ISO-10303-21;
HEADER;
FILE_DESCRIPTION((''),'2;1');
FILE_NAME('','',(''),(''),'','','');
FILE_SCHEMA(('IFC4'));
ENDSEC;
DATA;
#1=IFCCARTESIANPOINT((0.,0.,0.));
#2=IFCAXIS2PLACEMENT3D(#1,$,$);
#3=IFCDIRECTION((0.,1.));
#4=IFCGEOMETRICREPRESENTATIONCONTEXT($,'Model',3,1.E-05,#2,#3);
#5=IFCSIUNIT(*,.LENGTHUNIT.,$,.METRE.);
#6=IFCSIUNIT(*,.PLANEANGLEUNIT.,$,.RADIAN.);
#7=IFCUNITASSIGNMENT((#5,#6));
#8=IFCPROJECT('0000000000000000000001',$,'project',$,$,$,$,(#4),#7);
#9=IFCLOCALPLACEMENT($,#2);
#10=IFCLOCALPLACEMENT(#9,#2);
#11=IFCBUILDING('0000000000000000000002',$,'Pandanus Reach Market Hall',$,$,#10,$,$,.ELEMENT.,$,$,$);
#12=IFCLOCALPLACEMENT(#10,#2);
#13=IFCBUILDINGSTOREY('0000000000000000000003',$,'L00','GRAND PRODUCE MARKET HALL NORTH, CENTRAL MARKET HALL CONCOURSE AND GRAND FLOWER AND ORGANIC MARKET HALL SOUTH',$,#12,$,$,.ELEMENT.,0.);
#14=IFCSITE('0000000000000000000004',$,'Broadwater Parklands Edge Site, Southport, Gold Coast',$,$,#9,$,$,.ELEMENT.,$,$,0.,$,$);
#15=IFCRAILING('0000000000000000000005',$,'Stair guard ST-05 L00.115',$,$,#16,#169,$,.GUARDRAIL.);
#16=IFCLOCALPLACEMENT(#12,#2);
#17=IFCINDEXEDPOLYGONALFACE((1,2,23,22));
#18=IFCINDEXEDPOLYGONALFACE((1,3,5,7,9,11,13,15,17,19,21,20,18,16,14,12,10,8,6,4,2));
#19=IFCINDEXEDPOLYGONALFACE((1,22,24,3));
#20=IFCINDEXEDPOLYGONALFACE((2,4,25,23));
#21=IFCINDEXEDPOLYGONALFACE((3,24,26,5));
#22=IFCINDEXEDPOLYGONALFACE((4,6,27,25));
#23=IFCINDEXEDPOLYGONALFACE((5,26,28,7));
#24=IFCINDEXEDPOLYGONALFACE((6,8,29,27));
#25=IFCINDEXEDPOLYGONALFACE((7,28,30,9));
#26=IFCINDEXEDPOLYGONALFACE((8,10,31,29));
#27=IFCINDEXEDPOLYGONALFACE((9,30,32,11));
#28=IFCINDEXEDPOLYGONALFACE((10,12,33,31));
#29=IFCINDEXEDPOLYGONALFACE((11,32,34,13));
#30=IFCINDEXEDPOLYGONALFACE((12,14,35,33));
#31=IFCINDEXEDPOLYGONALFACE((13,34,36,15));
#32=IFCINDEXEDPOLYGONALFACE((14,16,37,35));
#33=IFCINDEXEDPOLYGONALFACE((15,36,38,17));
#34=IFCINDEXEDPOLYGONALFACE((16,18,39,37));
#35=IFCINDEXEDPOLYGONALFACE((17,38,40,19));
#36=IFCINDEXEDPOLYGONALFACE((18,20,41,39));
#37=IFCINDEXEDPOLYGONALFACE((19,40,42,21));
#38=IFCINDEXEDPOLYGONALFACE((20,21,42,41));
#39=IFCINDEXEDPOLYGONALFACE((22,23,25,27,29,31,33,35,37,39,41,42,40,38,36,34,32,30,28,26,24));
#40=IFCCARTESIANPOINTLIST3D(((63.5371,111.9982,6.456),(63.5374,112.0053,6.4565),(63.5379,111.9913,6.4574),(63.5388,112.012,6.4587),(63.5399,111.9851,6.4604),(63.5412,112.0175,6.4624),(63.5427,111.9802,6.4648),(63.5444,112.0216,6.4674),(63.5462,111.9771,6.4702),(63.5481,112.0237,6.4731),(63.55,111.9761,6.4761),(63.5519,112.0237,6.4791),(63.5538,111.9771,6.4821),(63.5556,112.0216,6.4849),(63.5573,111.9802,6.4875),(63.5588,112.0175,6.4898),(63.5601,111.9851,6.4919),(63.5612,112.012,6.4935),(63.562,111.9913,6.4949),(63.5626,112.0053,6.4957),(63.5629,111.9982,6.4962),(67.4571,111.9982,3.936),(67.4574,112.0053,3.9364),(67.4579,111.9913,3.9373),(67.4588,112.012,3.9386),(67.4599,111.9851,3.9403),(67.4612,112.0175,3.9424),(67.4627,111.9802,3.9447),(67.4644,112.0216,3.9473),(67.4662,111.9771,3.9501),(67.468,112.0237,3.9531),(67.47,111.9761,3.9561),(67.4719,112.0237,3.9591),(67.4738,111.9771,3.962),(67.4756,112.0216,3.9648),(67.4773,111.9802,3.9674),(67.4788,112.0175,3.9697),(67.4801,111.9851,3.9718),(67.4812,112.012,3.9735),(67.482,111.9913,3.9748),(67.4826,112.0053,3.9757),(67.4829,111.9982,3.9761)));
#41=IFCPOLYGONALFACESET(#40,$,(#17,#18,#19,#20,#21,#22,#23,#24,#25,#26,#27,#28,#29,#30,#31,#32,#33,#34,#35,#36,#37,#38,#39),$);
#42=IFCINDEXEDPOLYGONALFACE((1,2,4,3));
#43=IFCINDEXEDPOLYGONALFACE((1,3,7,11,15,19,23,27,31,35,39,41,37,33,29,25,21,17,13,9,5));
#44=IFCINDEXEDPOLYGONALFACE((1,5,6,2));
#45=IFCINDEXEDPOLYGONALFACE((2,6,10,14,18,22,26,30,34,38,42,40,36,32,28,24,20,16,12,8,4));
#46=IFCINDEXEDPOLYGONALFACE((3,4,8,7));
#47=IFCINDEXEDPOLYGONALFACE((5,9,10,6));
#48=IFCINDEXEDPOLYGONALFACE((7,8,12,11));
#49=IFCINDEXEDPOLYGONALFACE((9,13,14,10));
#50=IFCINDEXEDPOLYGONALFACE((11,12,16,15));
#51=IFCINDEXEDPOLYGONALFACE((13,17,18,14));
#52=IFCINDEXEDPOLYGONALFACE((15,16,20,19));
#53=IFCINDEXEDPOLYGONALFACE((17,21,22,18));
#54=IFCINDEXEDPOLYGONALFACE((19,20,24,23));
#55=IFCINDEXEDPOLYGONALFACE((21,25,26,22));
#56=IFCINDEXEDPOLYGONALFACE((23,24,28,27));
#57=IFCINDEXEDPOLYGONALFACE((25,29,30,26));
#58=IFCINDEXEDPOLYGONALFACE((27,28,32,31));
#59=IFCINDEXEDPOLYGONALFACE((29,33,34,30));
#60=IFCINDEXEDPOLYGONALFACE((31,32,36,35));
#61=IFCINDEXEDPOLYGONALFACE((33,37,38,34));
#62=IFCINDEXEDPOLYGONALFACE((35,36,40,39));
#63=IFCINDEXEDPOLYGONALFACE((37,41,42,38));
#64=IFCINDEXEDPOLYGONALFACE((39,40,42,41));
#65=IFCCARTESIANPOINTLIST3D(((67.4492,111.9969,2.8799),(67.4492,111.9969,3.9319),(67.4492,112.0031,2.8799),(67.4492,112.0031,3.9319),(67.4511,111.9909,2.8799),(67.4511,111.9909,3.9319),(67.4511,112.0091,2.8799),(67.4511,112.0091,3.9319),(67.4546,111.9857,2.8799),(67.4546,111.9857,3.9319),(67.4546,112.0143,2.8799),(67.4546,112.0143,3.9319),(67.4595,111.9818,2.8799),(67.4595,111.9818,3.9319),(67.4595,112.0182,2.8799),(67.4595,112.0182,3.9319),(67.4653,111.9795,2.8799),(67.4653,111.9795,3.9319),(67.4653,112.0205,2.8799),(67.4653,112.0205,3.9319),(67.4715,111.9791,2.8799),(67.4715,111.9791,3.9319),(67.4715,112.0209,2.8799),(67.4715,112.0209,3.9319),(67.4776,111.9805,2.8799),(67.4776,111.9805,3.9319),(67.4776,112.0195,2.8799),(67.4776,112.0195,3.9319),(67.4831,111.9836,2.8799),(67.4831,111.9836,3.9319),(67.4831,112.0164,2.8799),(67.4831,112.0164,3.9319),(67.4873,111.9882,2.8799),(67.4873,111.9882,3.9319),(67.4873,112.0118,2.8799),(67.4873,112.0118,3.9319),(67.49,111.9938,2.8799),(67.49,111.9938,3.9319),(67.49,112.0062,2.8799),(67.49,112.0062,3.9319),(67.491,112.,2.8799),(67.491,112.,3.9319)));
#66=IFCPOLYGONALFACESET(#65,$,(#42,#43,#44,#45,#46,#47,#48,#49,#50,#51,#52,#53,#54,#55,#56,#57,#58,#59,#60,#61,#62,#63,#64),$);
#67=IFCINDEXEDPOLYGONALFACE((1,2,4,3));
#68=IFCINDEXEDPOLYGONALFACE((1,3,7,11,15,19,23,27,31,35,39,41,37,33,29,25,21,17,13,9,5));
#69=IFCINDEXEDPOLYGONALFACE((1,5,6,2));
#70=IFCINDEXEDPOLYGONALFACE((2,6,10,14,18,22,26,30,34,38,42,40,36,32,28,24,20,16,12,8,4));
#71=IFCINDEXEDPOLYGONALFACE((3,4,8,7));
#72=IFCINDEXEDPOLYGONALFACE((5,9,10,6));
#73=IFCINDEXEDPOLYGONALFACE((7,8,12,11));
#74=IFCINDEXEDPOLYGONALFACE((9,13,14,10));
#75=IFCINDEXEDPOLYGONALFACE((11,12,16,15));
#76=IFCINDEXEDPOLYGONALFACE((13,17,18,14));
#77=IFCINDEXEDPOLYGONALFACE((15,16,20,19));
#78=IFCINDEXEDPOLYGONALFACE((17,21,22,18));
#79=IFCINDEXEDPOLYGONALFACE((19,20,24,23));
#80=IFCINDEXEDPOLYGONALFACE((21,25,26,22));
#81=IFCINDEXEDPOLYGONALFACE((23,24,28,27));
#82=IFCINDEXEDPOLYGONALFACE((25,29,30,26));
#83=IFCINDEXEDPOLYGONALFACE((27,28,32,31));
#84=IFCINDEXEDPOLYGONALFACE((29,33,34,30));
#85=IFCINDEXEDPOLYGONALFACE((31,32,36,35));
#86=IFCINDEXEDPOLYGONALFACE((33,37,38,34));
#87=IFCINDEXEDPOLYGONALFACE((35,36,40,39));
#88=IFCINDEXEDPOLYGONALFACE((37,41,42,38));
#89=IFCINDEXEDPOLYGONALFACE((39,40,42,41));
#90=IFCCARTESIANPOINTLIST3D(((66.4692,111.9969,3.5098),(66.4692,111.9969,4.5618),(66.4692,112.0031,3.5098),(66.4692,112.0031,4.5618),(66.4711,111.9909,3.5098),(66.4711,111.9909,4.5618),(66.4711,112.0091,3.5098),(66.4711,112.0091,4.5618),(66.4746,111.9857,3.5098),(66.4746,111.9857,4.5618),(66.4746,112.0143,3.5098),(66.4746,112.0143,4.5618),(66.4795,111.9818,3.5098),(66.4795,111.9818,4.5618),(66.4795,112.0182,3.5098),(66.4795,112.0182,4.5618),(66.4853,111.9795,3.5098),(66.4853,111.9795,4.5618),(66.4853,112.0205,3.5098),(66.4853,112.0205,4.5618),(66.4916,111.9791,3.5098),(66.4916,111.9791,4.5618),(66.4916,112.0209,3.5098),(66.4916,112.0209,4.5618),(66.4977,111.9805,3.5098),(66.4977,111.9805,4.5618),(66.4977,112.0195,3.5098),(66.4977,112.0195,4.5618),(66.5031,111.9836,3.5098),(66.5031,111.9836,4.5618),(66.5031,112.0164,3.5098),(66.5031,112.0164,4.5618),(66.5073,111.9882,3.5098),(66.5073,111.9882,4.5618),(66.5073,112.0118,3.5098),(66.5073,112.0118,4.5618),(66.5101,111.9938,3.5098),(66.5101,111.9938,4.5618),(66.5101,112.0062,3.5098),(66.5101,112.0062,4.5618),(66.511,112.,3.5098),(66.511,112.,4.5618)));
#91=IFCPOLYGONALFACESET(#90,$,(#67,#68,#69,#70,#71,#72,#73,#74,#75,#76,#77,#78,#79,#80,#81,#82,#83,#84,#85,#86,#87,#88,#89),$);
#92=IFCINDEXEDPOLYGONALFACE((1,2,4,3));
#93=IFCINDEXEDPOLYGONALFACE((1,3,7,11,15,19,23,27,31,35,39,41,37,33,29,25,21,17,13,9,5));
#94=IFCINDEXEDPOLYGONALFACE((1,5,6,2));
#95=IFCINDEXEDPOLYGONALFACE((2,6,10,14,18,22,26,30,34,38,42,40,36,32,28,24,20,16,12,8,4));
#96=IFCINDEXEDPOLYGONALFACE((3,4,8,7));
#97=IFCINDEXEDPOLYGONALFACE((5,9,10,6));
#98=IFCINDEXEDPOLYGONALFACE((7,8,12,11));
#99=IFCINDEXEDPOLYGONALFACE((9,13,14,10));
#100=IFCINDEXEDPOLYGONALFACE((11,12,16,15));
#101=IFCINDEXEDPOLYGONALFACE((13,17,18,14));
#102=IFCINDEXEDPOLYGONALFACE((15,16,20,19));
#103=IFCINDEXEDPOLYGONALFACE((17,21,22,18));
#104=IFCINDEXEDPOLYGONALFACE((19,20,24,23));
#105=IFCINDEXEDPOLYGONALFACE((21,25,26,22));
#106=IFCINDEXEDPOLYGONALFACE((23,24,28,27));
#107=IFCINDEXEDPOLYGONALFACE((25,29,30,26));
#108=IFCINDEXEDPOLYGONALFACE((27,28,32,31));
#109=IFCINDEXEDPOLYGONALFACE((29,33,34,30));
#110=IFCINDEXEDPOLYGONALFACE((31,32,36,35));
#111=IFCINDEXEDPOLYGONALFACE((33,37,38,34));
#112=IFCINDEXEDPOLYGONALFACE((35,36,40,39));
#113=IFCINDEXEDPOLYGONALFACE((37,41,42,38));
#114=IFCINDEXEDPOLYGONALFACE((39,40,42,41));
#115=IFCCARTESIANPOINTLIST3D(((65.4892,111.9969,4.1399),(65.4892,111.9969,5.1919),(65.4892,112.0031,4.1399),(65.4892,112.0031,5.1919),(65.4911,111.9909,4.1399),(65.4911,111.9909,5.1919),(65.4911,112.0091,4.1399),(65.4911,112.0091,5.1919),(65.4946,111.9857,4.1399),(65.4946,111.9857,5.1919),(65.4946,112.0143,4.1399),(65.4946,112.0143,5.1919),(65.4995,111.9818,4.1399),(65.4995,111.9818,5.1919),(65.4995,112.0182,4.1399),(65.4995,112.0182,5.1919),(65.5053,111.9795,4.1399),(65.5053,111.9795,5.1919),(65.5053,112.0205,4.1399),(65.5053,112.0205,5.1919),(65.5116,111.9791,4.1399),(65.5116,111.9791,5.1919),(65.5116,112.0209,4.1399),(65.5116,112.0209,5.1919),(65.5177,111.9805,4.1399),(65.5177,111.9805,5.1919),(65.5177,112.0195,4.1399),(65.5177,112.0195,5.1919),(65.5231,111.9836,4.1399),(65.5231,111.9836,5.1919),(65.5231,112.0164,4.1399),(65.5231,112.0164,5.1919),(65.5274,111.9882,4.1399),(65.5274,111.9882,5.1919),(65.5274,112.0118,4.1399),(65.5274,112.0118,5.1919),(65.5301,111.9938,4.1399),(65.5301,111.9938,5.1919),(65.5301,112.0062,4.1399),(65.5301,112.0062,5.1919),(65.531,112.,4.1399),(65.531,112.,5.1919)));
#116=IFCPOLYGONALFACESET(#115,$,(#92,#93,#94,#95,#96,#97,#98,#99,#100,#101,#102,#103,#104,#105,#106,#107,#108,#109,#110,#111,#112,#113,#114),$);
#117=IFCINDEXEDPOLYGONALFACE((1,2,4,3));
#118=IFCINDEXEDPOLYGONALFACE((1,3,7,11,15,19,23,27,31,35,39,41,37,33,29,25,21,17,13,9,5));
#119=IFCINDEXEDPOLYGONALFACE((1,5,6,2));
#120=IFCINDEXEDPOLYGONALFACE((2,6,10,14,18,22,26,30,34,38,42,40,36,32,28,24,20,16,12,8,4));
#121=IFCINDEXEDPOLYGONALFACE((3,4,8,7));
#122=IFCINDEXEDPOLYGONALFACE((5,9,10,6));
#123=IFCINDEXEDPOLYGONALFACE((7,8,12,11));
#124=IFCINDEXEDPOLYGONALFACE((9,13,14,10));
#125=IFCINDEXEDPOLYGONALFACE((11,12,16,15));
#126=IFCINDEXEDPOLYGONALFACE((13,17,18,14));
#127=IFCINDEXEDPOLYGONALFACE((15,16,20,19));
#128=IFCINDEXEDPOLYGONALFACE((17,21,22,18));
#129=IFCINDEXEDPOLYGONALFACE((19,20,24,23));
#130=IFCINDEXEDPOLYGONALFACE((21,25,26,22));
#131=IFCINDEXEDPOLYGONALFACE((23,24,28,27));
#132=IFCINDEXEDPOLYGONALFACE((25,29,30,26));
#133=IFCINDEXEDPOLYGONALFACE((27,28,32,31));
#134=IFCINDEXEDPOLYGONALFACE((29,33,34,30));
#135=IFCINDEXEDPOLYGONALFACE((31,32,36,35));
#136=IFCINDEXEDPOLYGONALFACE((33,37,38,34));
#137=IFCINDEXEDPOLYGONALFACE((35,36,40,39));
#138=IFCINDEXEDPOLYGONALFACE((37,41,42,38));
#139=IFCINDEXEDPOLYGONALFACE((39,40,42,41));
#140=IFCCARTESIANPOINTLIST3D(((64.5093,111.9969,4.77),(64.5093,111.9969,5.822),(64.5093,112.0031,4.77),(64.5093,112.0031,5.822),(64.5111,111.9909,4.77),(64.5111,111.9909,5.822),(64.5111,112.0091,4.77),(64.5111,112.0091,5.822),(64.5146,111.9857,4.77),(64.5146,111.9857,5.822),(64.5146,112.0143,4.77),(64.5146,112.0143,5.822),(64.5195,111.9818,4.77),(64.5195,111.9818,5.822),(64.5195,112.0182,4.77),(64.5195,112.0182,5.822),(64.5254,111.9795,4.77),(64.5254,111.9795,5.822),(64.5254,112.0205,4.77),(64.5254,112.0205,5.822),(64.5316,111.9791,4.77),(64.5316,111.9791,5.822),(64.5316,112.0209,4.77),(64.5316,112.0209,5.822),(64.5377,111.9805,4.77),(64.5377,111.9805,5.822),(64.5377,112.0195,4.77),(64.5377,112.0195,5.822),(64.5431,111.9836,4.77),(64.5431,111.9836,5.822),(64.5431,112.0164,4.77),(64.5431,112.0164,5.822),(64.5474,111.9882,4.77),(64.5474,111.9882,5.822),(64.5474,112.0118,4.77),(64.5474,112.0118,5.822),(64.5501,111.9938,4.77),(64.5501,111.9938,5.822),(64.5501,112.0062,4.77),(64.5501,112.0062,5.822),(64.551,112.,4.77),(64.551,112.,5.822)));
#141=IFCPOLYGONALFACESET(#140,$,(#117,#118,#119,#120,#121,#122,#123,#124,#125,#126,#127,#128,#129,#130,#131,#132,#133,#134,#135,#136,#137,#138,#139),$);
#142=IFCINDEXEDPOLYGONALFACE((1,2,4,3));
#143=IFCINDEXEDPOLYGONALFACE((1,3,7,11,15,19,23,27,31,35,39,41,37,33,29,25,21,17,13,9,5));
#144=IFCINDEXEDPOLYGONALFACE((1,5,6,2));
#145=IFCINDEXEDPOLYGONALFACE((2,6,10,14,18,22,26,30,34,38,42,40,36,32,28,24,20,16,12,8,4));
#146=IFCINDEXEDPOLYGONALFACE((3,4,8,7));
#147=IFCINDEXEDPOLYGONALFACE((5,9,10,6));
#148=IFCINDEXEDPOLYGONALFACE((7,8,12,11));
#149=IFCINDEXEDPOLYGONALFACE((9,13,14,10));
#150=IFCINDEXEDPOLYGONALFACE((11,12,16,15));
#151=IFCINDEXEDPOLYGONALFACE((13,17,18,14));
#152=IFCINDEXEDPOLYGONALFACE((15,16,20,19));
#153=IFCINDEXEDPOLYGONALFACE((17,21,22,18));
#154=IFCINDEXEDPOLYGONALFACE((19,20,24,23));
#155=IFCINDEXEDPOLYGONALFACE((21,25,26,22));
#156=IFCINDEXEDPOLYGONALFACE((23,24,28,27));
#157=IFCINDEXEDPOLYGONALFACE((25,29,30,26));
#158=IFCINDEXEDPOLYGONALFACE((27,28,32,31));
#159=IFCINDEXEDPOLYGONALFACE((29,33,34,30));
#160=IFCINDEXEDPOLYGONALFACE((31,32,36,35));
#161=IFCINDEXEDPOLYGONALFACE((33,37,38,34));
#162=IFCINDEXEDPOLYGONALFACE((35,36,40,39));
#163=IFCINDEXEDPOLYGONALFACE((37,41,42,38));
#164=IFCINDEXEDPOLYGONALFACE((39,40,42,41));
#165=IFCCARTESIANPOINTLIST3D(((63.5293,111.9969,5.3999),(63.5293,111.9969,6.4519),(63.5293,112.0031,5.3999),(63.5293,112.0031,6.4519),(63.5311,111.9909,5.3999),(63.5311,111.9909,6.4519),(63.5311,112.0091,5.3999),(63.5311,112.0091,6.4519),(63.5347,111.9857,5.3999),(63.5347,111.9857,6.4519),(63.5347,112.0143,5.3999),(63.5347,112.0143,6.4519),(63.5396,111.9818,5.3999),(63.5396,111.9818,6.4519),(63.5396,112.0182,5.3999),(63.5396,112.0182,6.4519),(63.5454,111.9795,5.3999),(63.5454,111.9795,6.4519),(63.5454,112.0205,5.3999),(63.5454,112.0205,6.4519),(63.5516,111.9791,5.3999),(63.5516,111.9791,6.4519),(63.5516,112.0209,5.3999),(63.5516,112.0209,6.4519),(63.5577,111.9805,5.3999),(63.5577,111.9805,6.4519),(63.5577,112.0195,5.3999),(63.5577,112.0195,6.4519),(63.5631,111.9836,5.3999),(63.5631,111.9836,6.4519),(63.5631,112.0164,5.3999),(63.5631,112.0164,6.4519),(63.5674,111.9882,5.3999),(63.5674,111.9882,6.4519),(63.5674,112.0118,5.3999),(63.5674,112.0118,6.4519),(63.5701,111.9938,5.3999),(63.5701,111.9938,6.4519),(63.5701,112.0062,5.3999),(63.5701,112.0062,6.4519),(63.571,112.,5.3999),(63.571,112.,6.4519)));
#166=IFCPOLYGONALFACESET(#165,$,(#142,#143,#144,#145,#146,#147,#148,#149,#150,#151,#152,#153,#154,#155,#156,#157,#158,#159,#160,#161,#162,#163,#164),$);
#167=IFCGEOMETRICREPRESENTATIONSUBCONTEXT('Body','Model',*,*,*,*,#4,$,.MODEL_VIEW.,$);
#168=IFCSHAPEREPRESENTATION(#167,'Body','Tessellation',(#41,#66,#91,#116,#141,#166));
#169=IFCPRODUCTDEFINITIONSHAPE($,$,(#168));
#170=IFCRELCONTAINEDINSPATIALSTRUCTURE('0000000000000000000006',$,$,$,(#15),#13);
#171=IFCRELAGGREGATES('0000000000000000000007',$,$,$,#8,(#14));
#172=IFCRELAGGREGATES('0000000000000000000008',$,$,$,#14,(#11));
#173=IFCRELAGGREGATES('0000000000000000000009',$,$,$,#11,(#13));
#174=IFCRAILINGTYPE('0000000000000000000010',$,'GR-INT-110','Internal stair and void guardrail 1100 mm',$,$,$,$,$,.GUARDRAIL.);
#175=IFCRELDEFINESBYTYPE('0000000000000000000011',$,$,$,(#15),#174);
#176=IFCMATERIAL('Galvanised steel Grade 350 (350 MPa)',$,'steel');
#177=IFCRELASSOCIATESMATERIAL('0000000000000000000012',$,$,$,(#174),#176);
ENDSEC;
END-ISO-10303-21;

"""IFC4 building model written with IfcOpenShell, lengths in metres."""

from ifc_helpers import new_model, si_unit, direction, frame, origin, origin_2d, place, context, subcontext, project, spatial, circle, extrude, material, type_object, element, save


model = new_model("IFC4")

# Units and contexts
model_context = context("Model", 3, precision=1e-05, world=origin(), true_north=direction((0.0, 1.0)))
body_context = subcontext(model_context, "Body", "Model", "MODEL_VIEW")
ifc_project = project(units=[si_unit("LENGTHUNIT", "METRE"), si_unit("PLANEANGLEUNIT", "RADIAN")], contexts=[model_context])

# Site, building, storey
site_placement = place(None, origin())
site = spatial("IfcSite", under=ifc_project, at=site_placement, Name="Broadwater Parklands Edge Site, Southport, Gold Coast", CompositionType="ELEMENT", RefElevation=0.0)
building_placement = place(site_placement, origin())
building = spatial("IfcBuilding", under=site, at=building_placement, Name="Pandanus Reach Market Hall", CompositionType="ELEMENT")
storey_placement = place(building_placement, origin())
storey = spatial("IfcBuildingStorey", under=building, at=storey_placement, Name="L00", Description="GRAND PRODUCE MARKET HALL NORTH, CENTRAL MARKET HALL CONCOURSE AND GRAND FLOWER AND ORGANIC MARKET HALL SOUTH", CompositionType="ELEMENT", Elevation=0.0)

# Shared definitions
ifc_material_1 = material(Name="Galvanised steel Grade 350 (350 MPa)", Category="steel")

# Railing
railing_type_1 = type_object("IfcRailingType", Name="GR-INT-110", Description="Internal stair and void guardrail 1100 mm", PredefinedType="GUARDRAIL", material=ifc_material_1)
railing_1_placement = place(storey_placement, frame((67.47, 112.0, 2.8799)))
element("IfcRailing", 1, at=railing_1_placement, inside=storey, type_object=railing_type_1, Name="Stair guard ST-05 L00.115", PredefinedType="GUARDRAIL", context=body_context, shape_type="SweptSolid", body=[
    extrude(circle(Radius=0.0239, at=origin_2d()), frame((0.0, 0.0, 1.0762), z_axis=(-0.841172, 0.0, 0.540768), x_axis=(0.0, -1.0, 0.0)), (0.0, 0.0, 1.0), 4.6602),
    extrude(circle(Radius=0.021, at=origin_2d()), origin(), (0.0, 0.0, 1.0), 1.052),
    extrude(circle(Radius=0.021, at=origin_2d()), frame((-0.98, 0.0, 0.6299)), (0.0, 0.0, 1.0), 1.052),
    extrude(circle(Radius=0.021, at=origin_2d()), frame((-1.96, 0.0, 1.26)), (0.0, 0.0, 1.0), 1.052),
    extrude(circle(Radius=0.021, at=origin_2d()), frame((-2.9399, 0.0, 1.8901)), (0.0, 0.0, 1.0), 1.052),
    extrude(circle(Radius=0.021, at=origin_2d()), frame((-3.9199, 0.0, 2.52)), (0.0, 0.0, 1.0), 1.052),
])

save(model, "model.ifc")
